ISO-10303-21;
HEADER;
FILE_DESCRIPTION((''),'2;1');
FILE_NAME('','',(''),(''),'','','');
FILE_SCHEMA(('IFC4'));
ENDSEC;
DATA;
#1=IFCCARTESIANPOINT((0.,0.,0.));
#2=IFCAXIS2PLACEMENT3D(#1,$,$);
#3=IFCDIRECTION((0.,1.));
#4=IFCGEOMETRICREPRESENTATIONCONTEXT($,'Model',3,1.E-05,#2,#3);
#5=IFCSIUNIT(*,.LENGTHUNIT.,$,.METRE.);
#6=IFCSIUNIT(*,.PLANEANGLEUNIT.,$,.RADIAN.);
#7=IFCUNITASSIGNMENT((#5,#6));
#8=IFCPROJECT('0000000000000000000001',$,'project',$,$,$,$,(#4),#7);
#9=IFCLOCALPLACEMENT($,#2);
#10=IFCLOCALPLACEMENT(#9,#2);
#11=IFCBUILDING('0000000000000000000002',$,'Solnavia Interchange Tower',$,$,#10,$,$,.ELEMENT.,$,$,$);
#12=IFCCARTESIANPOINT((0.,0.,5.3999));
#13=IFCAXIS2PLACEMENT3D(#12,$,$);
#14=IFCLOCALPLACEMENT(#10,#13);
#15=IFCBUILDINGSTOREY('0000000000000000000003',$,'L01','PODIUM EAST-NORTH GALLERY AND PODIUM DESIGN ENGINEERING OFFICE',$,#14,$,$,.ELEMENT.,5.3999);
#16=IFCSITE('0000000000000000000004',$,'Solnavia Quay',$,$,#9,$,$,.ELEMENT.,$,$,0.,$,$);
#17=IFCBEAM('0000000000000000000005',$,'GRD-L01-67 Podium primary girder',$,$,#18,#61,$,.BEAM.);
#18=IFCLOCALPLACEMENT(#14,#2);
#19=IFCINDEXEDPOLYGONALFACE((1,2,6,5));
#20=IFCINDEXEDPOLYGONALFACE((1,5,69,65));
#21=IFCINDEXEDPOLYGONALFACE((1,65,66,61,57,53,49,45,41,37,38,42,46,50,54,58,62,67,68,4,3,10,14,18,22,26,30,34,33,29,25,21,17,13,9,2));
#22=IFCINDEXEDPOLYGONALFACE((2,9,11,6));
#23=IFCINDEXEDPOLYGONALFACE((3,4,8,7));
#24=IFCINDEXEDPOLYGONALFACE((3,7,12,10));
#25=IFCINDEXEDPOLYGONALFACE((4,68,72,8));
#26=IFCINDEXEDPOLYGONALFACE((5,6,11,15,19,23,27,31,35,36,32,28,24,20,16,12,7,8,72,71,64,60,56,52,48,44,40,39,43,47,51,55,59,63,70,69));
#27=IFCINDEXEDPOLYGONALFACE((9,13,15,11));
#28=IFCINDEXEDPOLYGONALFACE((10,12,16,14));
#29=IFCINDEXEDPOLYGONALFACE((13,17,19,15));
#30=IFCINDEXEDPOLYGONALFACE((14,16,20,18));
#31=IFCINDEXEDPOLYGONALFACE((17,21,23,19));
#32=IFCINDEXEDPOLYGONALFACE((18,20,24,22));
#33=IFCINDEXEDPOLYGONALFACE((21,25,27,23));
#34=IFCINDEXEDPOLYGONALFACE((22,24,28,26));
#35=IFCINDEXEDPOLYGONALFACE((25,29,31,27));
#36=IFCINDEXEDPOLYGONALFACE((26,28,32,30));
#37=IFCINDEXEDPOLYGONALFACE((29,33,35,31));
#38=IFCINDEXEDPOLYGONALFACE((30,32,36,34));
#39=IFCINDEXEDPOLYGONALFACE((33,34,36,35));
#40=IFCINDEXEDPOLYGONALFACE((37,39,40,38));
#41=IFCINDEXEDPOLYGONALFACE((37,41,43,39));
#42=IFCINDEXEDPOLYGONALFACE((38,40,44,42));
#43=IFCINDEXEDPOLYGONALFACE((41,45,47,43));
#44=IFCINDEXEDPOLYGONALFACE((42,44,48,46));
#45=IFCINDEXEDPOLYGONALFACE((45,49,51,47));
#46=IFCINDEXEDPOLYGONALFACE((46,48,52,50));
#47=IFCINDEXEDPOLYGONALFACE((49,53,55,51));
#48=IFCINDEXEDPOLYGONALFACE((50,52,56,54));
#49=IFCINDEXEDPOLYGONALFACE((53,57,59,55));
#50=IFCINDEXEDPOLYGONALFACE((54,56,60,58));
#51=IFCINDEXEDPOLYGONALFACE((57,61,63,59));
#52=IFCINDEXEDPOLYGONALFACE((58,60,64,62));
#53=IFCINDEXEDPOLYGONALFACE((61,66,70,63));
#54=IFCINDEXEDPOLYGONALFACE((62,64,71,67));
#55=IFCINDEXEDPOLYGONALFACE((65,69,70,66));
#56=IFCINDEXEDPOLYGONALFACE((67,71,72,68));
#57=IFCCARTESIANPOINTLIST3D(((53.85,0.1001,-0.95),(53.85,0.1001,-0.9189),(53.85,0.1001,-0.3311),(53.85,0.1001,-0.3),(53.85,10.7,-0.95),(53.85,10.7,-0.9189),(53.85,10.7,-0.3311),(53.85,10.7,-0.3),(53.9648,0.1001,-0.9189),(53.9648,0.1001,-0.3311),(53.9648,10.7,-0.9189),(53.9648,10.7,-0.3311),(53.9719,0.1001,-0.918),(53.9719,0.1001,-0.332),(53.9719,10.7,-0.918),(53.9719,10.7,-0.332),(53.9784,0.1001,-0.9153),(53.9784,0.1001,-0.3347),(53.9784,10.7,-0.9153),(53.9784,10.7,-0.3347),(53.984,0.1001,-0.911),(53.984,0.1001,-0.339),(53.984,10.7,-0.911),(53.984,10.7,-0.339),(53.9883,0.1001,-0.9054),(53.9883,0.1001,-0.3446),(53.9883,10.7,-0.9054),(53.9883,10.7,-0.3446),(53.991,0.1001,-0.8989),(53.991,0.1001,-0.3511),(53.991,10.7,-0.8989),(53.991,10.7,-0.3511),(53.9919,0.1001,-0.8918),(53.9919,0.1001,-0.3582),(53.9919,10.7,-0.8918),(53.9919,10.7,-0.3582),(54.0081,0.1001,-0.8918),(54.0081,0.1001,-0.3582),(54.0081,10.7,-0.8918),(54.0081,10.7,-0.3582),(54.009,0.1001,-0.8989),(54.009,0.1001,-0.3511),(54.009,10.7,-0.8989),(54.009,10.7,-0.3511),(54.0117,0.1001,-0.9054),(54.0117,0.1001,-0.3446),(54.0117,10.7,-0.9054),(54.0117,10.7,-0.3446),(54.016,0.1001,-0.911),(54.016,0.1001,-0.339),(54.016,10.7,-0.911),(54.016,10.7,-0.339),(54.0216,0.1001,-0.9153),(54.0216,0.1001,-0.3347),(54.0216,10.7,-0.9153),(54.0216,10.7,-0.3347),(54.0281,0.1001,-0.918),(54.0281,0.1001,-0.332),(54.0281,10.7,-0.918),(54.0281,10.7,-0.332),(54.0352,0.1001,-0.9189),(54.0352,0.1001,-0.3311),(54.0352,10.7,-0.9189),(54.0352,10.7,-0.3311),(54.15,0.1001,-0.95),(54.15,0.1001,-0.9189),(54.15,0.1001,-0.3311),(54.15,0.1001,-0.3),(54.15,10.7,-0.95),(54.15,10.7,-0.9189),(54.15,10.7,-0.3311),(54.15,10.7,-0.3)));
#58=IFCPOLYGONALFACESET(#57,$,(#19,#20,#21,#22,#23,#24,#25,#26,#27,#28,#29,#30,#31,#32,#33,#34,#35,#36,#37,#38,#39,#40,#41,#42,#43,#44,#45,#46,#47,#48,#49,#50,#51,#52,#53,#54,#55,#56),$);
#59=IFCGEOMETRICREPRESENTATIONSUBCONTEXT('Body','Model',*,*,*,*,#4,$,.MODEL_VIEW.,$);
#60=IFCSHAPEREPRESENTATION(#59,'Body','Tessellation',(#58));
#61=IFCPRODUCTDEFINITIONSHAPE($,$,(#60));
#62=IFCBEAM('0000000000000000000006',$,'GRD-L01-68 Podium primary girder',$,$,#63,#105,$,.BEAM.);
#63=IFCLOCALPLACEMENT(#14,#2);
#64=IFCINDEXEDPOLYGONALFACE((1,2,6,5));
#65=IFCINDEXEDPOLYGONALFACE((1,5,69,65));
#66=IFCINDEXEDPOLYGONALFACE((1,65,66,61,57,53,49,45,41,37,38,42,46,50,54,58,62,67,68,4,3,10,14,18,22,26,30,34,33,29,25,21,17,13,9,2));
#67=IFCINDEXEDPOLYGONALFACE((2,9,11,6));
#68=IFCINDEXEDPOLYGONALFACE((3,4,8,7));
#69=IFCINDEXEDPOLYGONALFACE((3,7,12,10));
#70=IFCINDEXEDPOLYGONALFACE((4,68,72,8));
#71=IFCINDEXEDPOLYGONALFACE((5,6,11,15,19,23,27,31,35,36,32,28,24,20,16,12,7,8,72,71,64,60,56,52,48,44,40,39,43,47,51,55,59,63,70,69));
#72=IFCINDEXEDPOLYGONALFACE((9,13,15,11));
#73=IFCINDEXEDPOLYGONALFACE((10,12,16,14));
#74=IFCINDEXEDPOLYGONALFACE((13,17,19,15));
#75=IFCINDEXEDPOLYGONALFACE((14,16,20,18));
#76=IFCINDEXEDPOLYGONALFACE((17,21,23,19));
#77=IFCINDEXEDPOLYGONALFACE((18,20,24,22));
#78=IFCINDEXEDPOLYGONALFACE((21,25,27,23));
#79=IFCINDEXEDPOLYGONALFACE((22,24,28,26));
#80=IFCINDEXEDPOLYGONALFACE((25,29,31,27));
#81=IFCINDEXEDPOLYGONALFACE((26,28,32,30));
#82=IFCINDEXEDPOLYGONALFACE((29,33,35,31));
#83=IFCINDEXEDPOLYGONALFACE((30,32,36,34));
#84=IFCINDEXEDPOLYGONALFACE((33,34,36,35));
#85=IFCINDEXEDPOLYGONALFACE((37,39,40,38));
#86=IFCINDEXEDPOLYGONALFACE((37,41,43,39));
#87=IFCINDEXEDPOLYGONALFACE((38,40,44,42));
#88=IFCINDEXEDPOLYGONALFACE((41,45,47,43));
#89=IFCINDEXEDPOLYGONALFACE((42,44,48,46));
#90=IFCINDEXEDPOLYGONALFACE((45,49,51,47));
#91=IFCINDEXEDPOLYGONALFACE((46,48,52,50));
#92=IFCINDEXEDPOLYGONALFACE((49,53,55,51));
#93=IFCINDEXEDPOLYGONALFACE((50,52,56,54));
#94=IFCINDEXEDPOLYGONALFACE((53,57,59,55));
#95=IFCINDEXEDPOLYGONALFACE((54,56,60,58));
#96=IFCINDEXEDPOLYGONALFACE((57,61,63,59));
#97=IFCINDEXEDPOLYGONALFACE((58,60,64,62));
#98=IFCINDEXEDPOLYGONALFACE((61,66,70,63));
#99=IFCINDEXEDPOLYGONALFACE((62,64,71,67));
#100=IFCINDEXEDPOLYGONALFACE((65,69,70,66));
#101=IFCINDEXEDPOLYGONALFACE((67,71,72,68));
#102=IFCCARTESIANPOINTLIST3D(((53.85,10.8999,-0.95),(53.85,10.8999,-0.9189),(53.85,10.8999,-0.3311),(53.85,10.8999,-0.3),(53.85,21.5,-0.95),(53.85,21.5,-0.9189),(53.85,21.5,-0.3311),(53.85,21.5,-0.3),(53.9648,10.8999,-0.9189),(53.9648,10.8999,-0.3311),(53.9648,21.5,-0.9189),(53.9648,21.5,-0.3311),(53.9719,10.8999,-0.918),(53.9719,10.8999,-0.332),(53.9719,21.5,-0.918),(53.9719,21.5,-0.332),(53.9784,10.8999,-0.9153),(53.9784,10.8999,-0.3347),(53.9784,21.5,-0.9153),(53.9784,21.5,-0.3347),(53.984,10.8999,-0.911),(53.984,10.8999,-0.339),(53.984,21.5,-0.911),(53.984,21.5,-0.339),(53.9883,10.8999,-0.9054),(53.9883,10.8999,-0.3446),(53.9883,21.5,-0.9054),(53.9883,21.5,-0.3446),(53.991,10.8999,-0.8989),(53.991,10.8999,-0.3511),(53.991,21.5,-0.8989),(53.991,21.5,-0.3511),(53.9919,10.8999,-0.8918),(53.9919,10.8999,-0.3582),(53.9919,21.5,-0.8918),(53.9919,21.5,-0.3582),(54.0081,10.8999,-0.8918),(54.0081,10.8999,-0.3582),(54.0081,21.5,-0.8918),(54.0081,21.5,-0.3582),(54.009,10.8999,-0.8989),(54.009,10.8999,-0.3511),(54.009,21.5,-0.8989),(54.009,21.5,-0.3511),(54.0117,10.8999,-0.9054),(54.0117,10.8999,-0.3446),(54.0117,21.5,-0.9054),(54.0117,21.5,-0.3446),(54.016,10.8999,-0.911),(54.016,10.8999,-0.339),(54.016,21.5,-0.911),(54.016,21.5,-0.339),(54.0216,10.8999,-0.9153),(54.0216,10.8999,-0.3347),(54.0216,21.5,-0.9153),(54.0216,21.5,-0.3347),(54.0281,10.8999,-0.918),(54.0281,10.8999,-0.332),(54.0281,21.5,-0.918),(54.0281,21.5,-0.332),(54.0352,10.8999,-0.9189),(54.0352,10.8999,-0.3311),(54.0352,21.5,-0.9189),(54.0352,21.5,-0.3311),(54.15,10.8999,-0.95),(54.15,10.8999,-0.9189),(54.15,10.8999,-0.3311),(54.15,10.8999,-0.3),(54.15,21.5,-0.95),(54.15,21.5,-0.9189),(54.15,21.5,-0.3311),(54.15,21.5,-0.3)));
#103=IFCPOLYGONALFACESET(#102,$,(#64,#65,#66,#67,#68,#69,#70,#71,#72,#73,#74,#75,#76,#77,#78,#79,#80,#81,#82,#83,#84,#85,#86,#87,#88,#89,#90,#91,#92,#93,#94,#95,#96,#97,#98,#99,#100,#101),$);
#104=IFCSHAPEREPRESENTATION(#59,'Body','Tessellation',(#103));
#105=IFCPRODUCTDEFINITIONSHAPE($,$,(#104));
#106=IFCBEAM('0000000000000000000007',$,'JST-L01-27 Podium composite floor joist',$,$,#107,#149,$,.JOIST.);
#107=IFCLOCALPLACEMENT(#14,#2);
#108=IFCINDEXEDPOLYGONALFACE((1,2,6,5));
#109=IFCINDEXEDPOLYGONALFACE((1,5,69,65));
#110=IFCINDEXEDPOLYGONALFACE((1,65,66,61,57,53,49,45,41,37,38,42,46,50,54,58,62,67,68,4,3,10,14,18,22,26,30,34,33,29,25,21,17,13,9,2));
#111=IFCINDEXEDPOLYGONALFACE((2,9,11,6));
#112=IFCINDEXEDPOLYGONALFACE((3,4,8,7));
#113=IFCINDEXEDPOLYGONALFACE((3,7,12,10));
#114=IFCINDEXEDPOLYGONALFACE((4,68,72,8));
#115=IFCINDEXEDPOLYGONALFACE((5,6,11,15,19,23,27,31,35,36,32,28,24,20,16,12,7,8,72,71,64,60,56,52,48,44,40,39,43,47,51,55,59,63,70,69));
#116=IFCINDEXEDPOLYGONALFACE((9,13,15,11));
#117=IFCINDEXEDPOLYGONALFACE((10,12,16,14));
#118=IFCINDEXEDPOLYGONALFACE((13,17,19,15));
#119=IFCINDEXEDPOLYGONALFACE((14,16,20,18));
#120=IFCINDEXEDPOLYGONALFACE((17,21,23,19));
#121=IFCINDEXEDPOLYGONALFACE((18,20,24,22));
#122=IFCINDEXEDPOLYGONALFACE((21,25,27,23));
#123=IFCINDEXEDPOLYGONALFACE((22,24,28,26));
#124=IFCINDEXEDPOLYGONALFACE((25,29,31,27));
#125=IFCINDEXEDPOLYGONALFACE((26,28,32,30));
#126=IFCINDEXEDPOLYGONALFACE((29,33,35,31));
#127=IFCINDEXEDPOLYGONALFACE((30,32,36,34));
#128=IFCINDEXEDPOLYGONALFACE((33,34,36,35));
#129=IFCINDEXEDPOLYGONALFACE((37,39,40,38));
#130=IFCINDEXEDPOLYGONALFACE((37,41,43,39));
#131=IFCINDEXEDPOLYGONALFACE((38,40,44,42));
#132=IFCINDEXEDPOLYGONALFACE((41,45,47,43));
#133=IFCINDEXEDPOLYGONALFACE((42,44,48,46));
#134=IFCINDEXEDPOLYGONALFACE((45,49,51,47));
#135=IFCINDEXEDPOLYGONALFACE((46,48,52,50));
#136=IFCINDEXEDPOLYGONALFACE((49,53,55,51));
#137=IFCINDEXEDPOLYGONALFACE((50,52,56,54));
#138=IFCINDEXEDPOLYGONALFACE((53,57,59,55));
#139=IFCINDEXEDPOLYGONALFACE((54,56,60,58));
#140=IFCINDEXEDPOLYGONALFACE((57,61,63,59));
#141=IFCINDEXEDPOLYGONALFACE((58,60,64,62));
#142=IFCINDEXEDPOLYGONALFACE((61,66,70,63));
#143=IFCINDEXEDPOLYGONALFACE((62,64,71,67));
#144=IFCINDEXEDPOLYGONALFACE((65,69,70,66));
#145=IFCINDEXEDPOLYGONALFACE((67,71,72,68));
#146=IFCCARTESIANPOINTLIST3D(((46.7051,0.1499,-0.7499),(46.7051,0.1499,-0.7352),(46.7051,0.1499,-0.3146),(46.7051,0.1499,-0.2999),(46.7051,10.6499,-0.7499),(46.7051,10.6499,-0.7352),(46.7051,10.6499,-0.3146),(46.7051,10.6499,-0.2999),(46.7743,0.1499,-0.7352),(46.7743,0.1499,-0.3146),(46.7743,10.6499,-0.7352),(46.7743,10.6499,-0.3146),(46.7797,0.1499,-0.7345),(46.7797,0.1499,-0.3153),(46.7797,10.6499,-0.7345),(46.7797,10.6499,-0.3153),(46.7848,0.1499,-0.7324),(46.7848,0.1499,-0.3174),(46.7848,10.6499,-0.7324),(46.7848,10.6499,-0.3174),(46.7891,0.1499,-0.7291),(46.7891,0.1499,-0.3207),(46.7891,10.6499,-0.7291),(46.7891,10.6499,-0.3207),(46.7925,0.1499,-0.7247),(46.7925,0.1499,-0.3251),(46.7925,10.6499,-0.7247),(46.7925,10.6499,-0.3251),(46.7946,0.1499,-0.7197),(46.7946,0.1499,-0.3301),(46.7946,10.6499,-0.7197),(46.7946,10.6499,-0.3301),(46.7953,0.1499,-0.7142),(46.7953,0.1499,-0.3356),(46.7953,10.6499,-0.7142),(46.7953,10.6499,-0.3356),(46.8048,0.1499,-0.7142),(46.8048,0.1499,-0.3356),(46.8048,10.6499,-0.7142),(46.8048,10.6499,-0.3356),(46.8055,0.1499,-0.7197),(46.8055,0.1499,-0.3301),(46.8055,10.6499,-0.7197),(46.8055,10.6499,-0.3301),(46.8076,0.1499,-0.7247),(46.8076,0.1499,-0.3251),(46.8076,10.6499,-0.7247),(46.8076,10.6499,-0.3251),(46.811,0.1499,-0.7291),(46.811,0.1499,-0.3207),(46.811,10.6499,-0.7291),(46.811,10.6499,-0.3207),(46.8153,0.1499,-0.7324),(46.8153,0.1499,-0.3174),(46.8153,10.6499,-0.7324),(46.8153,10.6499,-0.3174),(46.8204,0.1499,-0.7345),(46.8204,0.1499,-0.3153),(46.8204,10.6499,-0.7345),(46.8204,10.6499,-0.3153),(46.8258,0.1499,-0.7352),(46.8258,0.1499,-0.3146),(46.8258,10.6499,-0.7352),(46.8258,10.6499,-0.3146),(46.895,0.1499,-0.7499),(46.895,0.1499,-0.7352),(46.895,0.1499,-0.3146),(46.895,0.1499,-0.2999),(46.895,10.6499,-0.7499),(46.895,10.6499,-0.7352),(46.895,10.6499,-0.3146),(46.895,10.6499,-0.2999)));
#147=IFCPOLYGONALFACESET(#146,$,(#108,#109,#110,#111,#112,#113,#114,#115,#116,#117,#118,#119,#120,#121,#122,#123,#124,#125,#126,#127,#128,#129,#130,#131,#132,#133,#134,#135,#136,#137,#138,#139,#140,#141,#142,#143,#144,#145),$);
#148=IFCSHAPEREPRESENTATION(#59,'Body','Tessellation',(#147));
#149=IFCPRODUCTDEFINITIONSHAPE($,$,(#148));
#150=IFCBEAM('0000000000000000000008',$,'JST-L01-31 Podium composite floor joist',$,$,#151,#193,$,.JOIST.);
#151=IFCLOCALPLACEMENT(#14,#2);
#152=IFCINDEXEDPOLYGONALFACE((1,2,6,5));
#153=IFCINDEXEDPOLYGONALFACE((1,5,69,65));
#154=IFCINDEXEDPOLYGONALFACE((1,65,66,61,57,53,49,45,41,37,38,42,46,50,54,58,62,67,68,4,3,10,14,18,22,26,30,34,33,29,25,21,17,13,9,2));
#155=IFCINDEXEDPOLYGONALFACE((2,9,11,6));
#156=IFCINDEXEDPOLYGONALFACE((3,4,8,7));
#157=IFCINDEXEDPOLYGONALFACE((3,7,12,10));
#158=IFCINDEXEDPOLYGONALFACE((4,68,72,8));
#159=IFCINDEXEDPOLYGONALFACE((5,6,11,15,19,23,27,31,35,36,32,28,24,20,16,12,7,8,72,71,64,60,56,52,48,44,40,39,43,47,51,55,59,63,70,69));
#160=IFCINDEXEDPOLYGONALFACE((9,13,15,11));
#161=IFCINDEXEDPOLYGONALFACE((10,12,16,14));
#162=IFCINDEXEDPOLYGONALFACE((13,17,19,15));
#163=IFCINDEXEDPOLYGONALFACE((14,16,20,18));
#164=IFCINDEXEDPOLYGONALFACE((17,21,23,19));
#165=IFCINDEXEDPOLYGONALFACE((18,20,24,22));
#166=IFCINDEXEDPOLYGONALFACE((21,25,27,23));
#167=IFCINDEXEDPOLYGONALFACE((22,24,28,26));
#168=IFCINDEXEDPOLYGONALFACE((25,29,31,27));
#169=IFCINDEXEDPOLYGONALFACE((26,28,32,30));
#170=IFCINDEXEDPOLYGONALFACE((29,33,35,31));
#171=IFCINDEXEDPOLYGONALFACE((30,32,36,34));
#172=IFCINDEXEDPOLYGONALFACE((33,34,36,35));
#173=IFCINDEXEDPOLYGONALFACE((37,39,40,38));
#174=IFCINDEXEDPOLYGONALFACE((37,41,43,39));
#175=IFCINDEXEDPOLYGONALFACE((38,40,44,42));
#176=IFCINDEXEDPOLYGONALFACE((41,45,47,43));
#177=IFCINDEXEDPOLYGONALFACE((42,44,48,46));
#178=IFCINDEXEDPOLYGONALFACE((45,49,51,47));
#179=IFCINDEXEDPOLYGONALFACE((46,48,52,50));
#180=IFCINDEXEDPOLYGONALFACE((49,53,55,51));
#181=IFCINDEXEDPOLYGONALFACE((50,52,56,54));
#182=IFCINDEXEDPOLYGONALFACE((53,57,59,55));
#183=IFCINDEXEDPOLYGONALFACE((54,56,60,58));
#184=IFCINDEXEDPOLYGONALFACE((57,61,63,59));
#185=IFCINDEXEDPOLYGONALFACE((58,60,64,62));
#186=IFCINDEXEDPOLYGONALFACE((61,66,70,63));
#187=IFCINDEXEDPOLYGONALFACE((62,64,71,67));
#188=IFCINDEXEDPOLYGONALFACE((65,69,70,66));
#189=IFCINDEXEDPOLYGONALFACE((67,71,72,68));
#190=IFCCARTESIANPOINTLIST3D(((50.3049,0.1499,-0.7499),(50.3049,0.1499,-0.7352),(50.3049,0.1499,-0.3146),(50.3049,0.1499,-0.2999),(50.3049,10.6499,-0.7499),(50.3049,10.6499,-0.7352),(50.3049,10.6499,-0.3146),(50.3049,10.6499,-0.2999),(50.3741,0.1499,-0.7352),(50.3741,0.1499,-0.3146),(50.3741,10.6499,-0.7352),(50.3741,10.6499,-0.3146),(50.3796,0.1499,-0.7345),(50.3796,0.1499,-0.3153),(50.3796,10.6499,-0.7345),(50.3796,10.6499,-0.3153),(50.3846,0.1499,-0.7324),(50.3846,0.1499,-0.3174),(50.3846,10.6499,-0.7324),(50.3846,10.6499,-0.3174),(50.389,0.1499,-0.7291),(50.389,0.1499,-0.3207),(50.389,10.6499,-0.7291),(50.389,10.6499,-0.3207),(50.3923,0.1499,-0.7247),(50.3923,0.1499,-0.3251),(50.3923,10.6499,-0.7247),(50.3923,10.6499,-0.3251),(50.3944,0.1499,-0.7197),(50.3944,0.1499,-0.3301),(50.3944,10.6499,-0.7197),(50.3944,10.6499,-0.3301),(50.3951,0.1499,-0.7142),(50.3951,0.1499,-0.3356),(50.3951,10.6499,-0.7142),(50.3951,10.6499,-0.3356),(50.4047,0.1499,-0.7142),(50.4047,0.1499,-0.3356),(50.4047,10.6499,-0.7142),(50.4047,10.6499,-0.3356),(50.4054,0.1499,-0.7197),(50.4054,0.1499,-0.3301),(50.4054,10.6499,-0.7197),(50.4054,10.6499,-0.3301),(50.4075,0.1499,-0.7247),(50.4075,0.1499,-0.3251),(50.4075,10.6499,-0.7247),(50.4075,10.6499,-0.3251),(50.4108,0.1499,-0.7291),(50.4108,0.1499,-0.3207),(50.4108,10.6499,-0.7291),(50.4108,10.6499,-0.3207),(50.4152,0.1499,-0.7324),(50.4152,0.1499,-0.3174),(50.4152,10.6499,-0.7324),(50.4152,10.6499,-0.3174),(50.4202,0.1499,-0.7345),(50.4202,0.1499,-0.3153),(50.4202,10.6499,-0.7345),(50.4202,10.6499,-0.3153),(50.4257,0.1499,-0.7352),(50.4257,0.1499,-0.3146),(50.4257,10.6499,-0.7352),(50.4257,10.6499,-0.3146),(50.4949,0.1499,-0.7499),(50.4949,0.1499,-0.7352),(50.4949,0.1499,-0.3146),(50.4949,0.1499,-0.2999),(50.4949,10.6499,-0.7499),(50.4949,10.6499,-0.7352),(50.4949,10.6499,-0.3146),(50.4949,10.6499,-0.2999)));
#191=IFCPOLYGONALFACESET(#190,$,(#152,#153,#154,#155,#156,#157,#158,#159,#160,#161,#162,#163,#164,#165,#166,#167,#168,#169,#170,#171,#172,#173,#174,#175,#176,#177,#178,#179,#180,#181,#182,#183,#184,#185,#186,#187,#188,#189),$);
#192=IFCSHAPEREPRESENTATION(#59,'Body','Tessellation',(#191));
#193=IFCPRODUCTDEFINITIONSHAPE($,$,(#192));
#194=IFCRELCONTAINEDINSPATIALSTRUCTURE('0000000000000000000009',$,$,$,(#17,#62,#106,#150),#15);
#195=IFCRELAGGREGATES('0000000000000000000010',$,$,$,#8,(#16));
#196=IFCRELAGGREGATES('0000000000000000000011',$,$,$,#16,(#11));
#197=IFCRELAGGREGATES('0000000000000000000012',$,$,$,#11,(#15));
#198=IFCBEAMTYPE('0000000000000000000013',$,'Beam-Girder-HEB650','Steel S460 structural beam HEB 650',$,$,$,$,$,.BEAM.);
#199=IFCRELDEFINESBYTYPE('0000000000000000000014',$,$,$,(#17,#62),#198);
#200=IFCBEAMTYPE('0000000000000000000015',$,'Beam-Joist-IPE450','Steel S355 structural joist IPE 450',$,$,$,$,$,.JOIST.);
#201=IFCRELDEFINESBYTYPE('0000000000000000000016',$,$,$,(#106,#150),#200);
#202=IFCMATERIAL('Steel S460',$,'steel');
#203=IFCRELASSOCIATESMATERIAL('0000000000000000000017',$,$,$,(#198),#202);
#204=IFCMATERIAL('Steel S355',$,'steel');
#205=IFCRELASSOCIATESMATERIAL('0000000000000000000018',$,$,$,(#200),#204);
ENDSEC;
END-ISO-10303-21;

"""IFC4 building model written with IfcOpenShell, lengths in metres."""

from ifc_helpers import new_model, si_unit, direction, frame, origin, origin_2d, place, context, subcontext, project, spatial, i_section, extrude, material, material_profile, profile_set, type_object, element, save


model = new_model("IFC4")

# Units and contexts
model_context = context("Model", 3, precision=1e-05, world=origin(), true_north=direction((0.0, 1.0)))
body_context = subcontext(model_context, "Body", "Model", "MODEL_VIEW")
ifc_project = project(units=[si_unit("LENGTHUNIT", "METRE"), si_unit("PLANEANGLEUNIT", "RADIAN")], contexts=[model_context])

# Site, building, storey
site_placement = place(None, origin())
site = spatial("IfcSite", under=ifc_project, at=site_placement, Name="Solnavia Quay", CompositionType="ELEMENT", RefElevation=0.0)
building_placement = place(site_placement, origin())
building = spatial("IfcBuilding", under=site, at=building_placement, Name="Solnavia Interchange Tower", CompositionType="ELEMENT")
storey_placement = place(building_placement, frame((0.0, 0.0, 5.3999)))
storey = spatial("IfcBuildingStorey", under=building, at=storey_placement, Name="L01", Description="PODIUM EAST-NORTH GALLERY AND PODIUM DESIGN ENGINEERING OFFICE", CompositionType="ELEMENT", Elevation=5.3999)

# Beams
ifc_material_1 = material(Name="Steel S460", Category="steel")
ifc_material_profile_1 = material_profile(ifc_material_1, i_section(OverallWidth=0.3, OverallDepth=0.6499, WebThickness=0.0161, FlangeThickness=0.031, FilletRadius=0.0271, at=origin_2d()), Name="HEB 650")
ifc_profile_set_1 = profile_set([ifc_material_profile_1], Name="Steel S460")
beam_type_1 = type_object("IfcBeamType", Name="Beam-Girder-HEB650", Description="Steel S460 structural beam HEB 650", PredefinedType="BEAM", material=ifc_profile_set_1)
beam_1_placement = place(storey_placement, frame((54.0, 0.1001, -0.625), z_axis=(0.0, 1.0, 0.0), x_axis=(-1.0, 0.0, 0.0)))
element("IfcBeam", 1, at=beam_1_placement, inside=storey, type_object=beam_type_1, Name="GRD-L01-67 Podium primary girder", PredefinedType="BEAM", context=body_context, shape_type="SweptSolid", body=[
    extrude(i_section(OverallWidth=0.3, OverallDepth=0.6499, WebThickness=0.0161, FlangeThickness=0.031, FilletRadius=0.0271, at=origin_2d()), origin(), (0.0, 0.0, 1.0), 10.5999),
])
beam_2_placement = place(storey_placement, frame((54.0, 10.8999, -0.625), z_axis=(0.0, 1.0, 0.0), x_axis=(-1.0, 0.0, 0.0)))
element("IfcBeam", 2, at=beam_2_placement, inside=storey, type_object=beam_type_1, Name="GRD-L01-68 Podium primary girder", PredefinedType="BEAM", context=body_context, shape_type="SweptSolid", body=[
    extrude(i_section(OverallWidth=0.3, OverallDepth=0.6499, WebThickness=0.0161, FlangeThickness=0.031, FilletRadius=0.0271, at=origin_2d()), origin(), (0.0, 0.0, 1.0), 10.6001),
])
ifc_material_2 = material(Name="Steel S355", Category="steel")
ifc_material_profile_2 = material_profile(ifc_material_2, i_section(OverallWidth=0.1899, OverallDepth=0.45, WebThickness=0.0095, FlangeThickness=0.0146, FilletRadius=0.021, at=origin_2d()), Name="IPE 450")
ifc_profile_set_2 = profile_set([ifc_material_profile_2], Name="Steel S355")
beam_type_2 = type_object("IfcBeamType", Name="Beam-Joist-IPE450", Description="Steel S355 structural joist IPE 450", PredefinedType="JOIST", material=ifc_profile_set_2)
for number, where, z_axis, x_axis, name in (
    (3, (46.8, 0.1499, -0.5249), (0.0, 1.0, 0.0), (-1.0, 0.0, 0.0), "JST-L01-27 Podium composite floor joist"),
    (4, (50.3999, 0.1499, -0.5249), (0.0, 1.0, 0.0), (-1.0, 0.0, 0.0), "JST-L01-31 Podium composite floor joist"),
):
    element("IfcBeam", number, at=place(storey_placement, frame(where, z_axis=z_axis, x_axis=x_axis)), inside=storey, type_object=beam_type_2, Name=name, PredefinedType="JOIST", context=body_context, shape_type="SweptSolid", body=[
        extrude(i_section(OverallWidth=0.1899, OverallDepth=0.45, WebThickness=0.0095, FlangeThickness=0.0146, FilletRadius=0.021, at=origin_2d()), origin(), (0.0, 0.0, 1.0), 10.5),
    ])

save(model, "model.ifc")
